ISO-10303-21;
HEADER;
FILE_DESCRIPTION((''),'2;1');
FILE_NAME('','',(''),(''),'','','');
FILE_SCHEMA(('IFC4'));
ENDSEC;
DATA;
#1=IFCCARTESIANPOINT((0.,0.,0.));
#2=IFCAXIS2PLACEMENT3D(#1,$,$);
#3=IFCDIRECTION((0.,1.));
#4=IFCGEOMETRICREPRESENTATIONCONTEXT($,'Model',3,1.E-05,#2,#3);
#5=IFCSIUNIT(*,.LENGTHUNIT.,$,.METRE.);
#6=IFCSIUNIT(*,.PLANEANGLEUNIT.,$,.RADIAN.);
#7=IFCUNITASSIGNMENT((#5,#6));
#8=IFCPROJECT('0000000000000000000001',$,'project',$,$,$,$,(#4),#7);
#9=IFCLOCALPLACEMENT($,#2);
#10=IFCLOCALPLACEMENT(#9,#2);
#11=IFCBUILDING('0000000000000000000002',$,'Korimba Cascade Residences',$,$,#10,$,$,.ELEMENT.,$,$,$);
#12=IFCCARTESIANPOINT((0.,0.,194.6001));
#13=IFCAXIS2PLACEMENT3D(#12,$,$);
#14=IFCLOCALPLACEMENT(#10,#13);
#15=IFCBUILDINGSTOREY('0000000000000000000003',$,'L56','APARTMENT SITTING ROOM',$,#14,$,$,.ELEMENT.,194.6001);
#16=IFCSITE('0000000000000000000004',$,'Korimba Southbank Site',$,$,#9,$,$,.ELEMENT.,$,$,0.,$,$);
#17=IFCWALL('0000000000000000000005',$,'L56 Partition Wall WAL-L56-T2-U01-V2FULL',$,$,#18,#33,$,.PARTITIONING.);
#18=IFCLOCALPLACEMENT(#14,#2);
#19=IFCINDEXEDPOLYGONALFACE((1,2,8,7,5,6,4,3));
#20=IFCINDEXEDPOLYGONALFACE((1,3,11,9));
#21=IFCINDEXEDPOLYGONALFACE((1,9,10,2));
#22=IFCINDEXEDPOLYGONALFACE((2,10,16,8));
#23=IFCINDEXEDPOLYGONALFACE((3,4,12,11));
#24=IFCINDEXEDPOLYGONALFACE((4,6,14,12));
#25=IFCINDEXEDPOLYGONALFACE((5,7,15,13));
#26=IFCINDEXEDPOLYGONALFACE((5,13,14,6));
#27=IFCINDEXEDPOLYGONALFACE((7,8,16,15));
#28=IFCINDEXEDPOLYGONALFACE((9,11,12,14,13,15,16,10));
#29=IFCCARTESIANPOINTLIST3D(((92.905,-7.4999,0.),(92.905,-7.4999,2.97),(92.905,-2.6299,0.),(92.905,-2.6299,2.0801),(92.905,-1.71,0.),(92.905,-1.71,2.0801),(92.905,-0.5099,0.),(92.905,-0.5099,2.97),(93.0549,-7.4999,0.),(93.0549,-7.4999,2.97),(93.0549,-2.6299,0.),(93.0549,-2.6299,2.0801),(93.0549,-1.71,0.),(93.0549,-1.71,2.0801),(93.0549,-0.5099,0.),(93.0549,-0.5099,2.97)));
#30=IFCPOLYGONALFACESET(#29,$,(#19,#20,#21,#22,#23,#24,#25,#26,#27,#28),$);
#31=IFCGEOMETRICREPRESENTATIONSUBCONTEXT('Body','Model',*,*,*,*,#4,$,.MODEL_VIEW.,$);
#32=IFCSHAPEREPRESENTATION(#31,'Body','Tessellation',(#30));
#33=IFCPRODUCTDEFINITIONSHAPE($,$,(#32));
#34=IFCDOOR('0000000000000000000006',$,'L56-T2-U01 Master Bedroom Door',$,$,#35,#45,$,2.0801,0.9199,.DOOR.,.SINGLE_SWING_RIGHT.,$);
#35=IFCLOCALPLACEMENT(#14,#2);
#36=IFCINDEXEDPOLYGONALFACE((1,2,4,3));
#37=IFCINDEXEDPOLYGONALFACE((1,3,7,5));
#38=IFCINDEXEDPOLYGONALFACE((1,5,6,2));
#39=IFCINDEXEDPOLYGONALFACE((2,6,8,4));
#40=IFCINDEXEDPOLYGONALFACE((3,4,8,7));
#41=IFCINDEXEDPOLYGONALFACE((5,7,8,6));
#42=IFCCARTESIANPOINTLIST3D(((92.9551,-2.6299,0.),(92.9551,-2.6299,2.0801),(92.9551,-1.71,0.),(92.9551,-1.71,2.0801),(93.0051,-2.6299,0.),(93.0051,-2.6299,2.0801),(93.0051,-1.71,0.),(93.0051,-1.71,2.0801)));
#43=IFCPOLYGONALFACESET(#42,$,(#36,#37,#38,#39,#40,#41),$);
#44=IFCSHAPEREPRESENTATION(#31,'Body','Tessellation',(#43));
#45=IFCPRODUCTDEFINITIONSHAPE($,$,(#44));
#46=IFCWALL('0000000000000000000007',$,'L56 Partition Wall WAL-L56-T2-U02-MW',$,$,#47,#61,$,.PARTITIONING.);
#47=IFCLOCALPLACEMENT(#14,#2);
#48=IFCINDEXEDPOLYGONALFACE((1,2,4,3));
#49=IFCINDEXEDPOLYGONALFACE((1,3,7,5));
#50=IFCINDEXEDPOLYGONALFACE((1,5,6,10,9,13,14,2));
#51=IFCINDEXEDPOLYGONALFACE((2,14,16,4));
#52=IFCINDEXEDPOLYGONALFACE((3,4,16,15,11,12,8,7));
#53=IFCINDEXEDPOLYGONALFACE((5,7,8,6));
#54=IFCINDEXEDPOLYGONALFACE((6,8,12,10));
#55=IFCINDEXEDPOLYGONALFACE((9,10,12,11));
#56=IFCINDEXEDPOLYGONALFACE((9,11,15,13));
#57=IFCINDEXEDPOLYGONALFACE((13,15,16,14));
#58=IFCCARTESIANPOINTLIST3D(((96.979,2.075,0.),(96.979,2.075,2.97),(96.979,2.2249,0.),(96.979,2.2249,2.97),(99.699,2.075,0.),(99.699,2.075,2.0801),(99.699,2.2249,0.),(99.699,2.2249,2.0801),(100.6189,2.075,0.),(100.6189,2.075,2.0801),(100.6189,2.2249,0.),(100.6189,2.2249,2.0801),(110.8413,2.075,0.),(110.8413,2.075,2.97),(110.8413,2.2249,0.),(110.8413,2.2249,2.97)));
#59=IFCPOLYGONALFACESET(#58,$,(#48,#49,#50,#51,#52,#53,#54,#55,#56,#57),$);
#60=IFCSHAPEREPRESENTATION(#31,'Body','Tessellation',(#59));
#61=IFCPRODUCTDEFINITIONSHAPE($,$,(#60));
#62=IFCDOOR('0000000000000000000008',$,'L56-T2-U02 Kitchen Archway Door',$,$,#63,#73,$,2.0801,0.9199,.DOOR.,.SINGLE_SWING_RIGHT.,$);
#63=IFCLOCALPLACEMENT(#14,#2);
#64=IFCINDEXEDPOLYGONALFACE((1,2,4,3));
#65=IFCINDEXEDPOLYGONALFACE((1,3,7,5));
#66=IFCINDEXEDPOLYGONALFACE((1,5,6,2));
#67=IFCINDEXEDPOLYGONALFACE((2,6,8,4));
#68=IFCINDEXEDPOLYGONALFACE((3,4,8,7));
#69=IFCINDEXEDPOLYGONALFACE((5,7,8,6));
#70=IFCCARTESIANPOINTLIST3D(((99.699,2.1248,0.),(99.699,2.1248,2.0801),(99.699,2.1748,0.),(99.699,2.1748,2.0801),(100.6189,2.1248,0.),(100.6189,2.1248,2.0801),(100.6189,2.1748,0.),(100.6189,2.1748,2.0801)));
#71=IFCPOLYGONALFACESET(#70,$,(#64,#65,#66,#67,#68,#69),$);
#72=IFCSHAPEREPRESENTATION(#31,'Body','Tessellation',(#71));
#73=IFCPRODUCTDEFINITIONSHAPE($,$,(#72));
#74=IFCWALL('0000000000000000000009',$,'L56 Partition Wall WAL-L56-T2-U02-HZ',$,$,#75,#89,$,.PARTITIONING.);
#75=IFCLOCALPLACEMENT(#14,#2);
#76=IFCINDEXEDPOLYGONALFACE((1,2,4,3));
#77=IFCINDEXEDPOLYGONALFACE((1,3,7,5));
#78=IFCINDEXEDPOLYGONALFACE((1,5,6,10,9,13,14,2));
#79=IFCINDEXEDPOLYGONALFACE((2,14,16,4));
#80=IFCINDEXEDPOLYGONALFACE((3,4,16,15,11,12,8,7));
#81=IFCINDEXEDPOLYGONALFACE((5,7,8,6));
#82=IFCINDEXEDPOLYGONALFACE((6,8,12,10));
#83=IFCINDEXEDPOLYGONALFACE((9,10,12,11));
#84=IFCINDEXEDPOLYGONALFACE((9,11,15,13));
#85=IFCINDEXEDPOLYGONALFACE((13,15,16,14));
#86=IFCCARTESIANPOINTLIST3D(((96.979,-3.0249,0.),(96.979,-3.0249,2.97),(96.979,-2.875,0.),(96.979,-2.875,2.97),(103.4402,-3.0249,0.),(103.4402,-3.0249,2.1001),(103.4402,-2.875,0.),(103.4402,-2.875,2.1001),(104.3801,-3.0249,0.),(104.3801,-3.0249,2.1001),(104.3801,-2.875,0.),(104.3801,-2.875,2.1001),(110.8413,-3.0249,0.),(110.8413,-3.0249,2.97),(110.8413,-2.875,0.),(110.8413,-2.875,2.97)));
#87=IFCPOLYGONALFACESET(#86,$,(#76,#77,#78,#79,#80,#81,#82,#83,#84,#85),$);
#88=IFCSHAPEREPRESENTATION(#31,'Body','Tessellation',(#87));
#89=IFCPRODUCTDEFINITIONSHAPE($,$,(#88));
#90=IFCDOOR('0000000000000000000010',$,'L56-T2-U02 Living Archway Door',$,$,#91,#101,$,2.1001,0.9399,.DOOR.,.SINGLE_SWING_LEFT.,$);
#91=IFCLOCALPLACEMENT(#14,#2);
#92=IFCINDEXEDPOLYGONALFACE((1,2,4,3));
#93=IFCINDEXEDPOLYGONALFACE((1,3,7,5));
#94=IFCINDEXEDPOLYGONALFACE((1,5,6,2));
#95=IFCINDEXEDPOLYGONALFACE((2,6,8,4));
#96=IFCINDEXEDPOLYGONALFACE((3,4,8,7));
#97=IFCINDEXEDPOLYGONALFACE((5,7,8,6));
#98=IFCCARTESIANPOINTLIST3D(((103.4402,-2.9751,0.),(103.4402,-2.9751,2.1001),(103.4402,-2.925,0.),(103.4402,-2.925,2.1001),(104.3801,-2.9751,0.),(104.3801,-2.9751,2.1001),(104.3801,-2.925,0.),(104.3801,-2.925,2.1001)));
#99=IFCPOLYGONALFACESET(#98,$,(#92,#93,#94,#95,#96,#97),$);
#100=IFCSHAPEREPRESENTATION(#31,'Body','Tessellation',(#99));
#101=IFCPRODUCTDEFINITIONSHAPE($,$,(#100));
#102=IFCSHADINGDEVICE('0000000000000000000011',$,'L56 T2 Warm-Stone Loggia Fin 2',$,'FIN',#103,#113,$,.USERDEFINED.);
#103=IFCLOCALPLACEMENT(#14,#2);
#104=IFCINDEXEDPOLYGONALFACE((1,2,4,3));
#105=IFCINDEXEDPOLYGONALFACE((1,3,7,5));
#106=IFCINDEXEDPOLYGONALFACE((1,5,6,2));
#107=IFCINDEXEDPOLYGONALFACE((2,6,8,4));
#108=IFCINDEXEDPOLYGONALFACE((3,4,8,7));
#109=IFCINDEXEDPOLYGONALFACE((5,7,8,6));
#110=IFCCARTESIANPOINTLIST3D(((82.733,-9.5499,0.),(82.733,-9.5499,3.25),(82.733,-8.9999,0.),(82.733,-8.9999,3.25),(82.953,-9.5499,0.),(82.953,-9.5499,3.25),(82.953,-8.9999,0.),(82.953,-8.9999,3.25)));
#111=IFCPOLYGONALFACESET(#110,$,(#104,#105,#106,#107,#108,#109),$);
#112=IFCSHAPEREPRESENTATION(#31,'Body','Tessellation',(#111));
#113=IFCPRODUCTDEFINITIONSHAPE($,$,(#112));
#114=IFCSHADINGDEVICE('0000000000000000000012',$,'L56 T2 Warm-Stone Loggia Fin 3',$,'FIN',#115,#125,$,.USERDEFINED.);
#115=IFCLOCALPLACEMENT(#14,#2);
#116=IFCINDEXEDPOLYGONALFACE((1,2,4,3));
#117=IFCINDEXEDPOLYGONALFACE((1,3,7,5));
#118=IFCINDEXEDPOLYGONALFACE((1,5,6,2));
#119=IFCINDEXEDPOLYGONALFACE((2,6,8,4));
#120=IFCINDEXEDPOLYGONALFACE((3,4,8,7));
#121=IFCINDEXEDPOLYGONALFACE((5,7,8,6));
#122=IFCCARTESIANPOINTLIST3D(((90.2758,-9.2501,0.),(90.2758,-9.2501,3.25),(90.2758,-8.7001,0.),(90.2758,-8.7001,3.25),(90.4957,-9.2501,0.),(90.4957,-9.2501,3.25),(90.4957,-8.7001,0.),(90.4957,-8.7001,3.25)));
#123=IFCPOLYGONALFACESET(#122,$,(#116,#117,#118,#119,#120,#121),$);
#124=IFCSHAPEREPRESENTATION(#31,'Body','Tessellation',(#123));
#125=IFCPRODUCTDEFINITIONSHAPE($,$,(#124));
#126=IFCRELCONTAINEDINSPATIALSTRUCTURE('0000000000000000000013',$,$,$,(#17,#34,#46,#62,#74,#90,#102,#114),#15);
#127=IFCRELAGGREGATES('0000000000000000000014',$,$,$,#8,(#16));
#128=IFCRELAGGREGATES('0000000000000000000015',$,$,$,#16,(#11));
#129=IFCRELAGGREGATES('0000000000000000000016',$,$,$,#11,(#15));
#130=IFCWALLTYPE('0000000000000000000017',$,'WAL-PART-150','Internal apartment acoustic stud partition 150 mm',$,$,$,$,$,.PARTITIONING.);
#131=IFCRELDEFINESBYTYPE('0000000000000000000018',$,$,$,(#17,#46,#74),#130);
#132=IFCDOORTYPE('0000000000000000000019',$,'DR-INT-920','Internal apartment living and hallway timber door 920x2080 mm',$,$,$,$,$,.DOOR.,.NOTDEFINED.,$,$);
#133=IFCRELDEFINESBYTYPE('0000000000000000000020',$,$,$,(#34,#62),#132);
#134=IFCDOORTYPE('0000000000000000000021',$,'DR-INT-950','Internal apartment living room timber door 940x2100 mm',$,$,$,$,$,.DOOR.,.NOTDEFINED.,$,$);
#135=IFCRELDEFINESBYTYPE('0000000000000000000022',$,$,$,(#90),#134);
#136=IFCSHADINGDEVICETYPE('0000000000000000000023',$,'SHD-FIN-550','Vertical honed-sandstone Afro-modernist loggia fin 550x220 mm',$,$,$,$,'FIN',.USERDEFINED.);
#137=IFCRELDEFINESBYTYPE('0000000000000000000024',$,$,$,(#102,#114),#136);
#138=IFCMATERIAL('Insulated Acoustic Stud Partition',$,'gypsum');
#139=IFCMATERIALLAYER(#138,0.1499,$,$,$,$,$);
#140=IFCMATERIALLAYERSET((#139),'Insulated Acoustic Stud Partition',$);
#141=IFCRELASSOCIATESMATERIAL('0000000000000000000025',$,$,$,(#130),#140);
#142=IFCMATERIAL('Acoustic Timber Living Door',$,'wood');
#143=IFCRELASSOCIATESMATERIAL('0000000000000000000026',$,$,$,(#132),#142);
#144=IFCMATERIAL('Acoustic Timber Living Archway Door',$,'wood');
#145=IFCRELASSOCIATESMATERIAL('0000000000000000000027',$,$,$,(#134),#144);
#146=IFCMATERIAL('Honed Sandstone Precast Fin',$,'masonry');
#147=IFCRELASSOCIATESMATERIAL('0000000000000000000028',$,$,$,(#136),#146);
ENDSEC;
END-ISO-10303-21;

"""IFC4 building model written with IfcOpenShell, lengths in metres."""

from ifc_helpers import new_model, si_unit, direction, frame, frame_2d, origin, origin_2d, place, context, subcontext, project, spatial, rectangle, extrude, material, layer, layer_set, type_object, element, fill, save


model = new_model("IFC4")

# Units and contexts
model_context = context("Model", 3, precision=1e-05, world=origin(), true_north=direction((0.0, 1.0)))
body_context = subcontext(model_context, "Body", "Model", "MODEL_VIEW")
ifc_project = project(units=[si_unit("LENGTHUNIT", "METRE"), si_unit("PLANEANGLEUNIT", "RADIAN")], contexts=[model_context])

# Site, building, storey
site_placement = place(None, origin())
site = spatial("IfcSite", under=ifc_project, at=site_placement, Name="Korimba Southbank Site", CompositionType="ELEMENT", RefElevation=0.0)
building_placement = place(site_placement, origin())
building = spatial("IfcBuilding", under=site, at=building_placement, Name="Korimba Cascade Residences", CompositionType="ELEMENT")
storey_placement = place(building_placement, frame((0.0, 0.0, 194.6001)))
storey = spatial("IfcBuildingStorey", under=building, at=storey_placement, Name="L56", Description="APARTMENT SITTING ROOM", CompositionType="ELEMENT", Elevation=194.6001)

# Shared definitions
ifc_material_1 = material(Name="Insulated Acoustic Stud Partition", Category="gypsum")
ifc_layer_1 = layer(ifc_material_1, 0.1499)
ifc_layer_set_1 = layer_set([ifc_layer_1], Name="Insulated Acoustic Stud Partition")
wall_type_1 = type_object("IfcWallType", Name="WAL-PART-150", Description="Internal apartment acoustic stud partition 150 mm", PredefinedType="PARTITIONING", material=ifc_layer_set_1)

# Walls, openings, doors
wall_1_placement = place(storey_placement, frame((92.98, -7.5, 0.0), z_axis=(0.0, 0.0, 1.0), x_axis=(0.0, 1.0, 0.0)))
wall_1 = element("IfcWall", 1, at=wall_1_placement, inside=storey, type_object=wall_type_1, Name="L56 Partition Wall WAL-L56-T2-U01-V2FULL", PredefinedType="PARTITIONING", context=body_context, shape_type="SweptSolid", body=[
    extrude(rectangle(XDim=6.99, YDim=0.1499, at=frame_2d((3.4951, 0.0))), origin(), (0.0, 0.0, 1.0), 2.97),
])
opening_1_placement = place(wall_1_placement, frame((4.8701, 0.0, 0.0)))
opening_1 = element("IfcOpeningElement", 2, at=opening_1_placement, cuts=wall_1, PredefinedType="OPENING", context=body_context, shape_type="SweptSolid", body=[
    extrude(rectangle(XDim=0.9199, YDim=2.0801, at=frame_2d((0.46, 1.04))), frame((0.0, 0.085, 0.0), z_axis=(0.0, -1.0, 0.0), x_axis=(1.0, 0.0, 0.0)), (0.0, 0.0, 1.0), 0.1699),
])
ifc_material_2 = material(Name="Acoustic Timber Living Door", Category="wood")
door_type_1 = type_object("IfcDoorType", Name="DR-INT-920", Description="Internal apartment living and hallway timber door 920x2080 mm", OperationType="NOTDEFINED", PredefinedType="DOOR", material=ifc_material_2)
door_1_placement = place(opening_1_placement, origin())
door_1 = element("IfcDoor", 3, at=door_1_placement, inside=storey, type_object=door_type_1, Name="L56-T2-U01 Master Bedroom Door", OperationType="SINGLE_SWING_RIGHT", OverallHeight=2.0801, OverallWidth=0.9199, PredefinedType="DOOR", context=body_context, shape_type="SweptSolid", body=[
    extrude(rectangle(XDim=0.9199, YDim=2.0801, at=frame_2d((0.46, 1.04))), frame((0.0, 0.0249, 0.0), z_axis=(0.0, -1.0, 0.0), x_axis=(1.0, 0.0, 0.0)), (0.0, 0.0, 1.0), 0.05),
])
fill(opening_1, door_1)
wall_2_placement = place(storey_placement, frame((96.979, 2.1499, 0.0), z_axis=(0.0, 0.0, 1.0), x_axis=(1.0, 0.0, 0.0)))
wall_2 = element("IfcWall", 4, at=wall_2_placement, inside=storey, type_object=wall_type_1, Name="L56 Partition Wall WAL-L56-T2-U02-MW", PredefinedType="PARTITIONING", context=body_context, shape_type="SweptSolid", body=[
    extrude(rectangle(XDim=13.8623, YDim=0.1499, at=frame_2d((6.9312, 0.0))), origin(), (0.0, 0.0, 1.0), 2.97),
])
opening_2_placement = place(wall_2_placement, frame((2.72, 0.0, 0.0)))
opening_2 = element("IfcOpeningElement", 5, at=opening_2_placement, cuts=wall_2, PredefinedType="OPENING", context=body_context, shape_type="SweptSolid", body=[
    extrude(rectangle(XDim=0.9199, YDim=2.0801, at=frame_2d((0.46, 1.04))), frame((0.0, 0.085, 0.0), z_axis=(0.0, -1.0, 0.0), x_axis=(1.0, 0.0, 0.0)), (0.0, 0.0, 1.0), 0.1699),
])
door_2_placement = place(opening_2_placement, origin())
door_2 = element("IfcDoor", 6, at=door_2_placement, inside=storey, type_object=door_type_1, Name="L56-T2-U02 Kitchen Archway Door", OperationType="SINGLE_SWING_RIGHT", OverallHeight=2.0801, OverallWidth=0.9199, PredefinedType="DOOR", context=body_context, shape_type="SweptSolid", body=[
    extrude(rectangle(XDim=0.9199, YDim=2.0801, at=frame_2d((0.46, 1.04))), frame((0.0, 0.0249, 0.0), z_axis=(0.0, -1.0, 0.0), x_axis=(1.0, 0.0, 0.0)), (0.0, 0.0, 1.0), 0.05),
])
fill(opening_2, door_2)
wall_3_placement = place(storey_placement, frame((96.979, -2.95, 0.0), z_axis=(0.0, 0.0, 1.0), x_axis=(1.0, 0.0, 0.0)))
wall_3 = element("IfcWall", 7, at=wall_3_placement, inside=storey, type_object=wall_type_1, Name="L56 Partition Wall WAL-L56-T2-U02-HZ", PredefinedType="PARTITIONING", context=body_context, shape_type="SweptSolid", body=[
    extrude(rectangle(XDim=13.8623, YDim=0.1499, at=frame_2d((6.9312, 0.0))), origin(), (0.0, 0.0, 1.0), 2.97),
])
opening_3_placement = place(wall_3_placement, frame((6.4612, 0.0, 0.0)))
opening_3 = element("IfcOpeningElement", 8, at=opening_3_placement, cuts=wall_3, PredefinedType="OPENING", context=body_context, shape_type="SweptSolid", body=[
    extrude(rectangle(XDim=0.9399, YDim=2.1001, at=frame_2d((0.47, 1.05))), frame((0.0, 0.085, 0.0), z_axis=(0.0, -1.0, 0.0), x_axis=(1.0, 0.0, 0.0)), (0.0, 0.0, 1.0), 0.1699),
])
ifc_material_3 = material(Name="Acoustic Timber Living Archway Door", Category="wood")
door_type_2 = type_object("IfcDoorType", Name="DR-INT-950", Description="Internal apartment living room timber door 940x2100 mm", OperationType="NOTDEFINED", PredefinedType="DOOR", material=ifc_material_3)
door_3_placement = place(opening_3_placement, origin())
door_3 = element("IfcDoor", 9, at=door_3_placement, inside=storey, type_object=door_type_2, Name="L56-T2-U02 Living Archway Door", OperationType="SINGLE_SWING_LEFT", OverallHeight=2.1001, OverallWidth=0.9399, PredefinedType="DOOR", context=body_context, shape_type="SweptSolid", body=[
    extrude(rectangle(XDim=0.9399, YDim=2.1001, at=frame_2d((0.47, 1.05))), frame((0.0, 0.0249, 0.0), z_axis=(0.0, -1.0, 0.0), x_axis=(1.0, 0.0, 0.0)), (0.0, 0.0, 1.0), 0.05),
])
fill(opening_3, door_3)

# Shading devices
ifc_material_4 = material(Name="Honed Sandstone Precast Fin", Category="masonry")
shading_device_type = type_object("IfcShadingDeviceType", Name="SHD-FIN-550", Description="Vertical honed-sandstone Afro-modernist loggia fin 550x220 mm", ElementType="FIN", PredefinedType="USERDEFINED", material=ifc_material_4)
for number, where, z_axis, x_axis, name in (
    (10, (82.843, -9.2749, 0.0), (0.0, 0.0, 1.0), (1.0, 0.0, 0.0), "L56 T2 Warm-Stone Loggia Fin 2"),
    (11, (90.3857, -8.9751, 0.0), (0.0, 0.0, 1.0), (1.0, 0.0, 0.0), "L56 T2 Warm-Stone Loggia Fin 3"),
):
    element("IfcShadingDevice", number, at=place(storey_placement, frame(where, z_axis=z_axis, x_axis=x_axis)), inside=storey, type_object=shading_device_type, Name=name, ObjectType="FIN", PredefinedType="USERDEFINED", context=body_context, shape_type="SweptSolid", body=[
        extrude(rectangle(XDim=0.22, YDim=0.55, at=origin_2d()), origin(), (0.0, 0.0, 1.0), 3.25),
    ])

save(model, "model.ifc")
